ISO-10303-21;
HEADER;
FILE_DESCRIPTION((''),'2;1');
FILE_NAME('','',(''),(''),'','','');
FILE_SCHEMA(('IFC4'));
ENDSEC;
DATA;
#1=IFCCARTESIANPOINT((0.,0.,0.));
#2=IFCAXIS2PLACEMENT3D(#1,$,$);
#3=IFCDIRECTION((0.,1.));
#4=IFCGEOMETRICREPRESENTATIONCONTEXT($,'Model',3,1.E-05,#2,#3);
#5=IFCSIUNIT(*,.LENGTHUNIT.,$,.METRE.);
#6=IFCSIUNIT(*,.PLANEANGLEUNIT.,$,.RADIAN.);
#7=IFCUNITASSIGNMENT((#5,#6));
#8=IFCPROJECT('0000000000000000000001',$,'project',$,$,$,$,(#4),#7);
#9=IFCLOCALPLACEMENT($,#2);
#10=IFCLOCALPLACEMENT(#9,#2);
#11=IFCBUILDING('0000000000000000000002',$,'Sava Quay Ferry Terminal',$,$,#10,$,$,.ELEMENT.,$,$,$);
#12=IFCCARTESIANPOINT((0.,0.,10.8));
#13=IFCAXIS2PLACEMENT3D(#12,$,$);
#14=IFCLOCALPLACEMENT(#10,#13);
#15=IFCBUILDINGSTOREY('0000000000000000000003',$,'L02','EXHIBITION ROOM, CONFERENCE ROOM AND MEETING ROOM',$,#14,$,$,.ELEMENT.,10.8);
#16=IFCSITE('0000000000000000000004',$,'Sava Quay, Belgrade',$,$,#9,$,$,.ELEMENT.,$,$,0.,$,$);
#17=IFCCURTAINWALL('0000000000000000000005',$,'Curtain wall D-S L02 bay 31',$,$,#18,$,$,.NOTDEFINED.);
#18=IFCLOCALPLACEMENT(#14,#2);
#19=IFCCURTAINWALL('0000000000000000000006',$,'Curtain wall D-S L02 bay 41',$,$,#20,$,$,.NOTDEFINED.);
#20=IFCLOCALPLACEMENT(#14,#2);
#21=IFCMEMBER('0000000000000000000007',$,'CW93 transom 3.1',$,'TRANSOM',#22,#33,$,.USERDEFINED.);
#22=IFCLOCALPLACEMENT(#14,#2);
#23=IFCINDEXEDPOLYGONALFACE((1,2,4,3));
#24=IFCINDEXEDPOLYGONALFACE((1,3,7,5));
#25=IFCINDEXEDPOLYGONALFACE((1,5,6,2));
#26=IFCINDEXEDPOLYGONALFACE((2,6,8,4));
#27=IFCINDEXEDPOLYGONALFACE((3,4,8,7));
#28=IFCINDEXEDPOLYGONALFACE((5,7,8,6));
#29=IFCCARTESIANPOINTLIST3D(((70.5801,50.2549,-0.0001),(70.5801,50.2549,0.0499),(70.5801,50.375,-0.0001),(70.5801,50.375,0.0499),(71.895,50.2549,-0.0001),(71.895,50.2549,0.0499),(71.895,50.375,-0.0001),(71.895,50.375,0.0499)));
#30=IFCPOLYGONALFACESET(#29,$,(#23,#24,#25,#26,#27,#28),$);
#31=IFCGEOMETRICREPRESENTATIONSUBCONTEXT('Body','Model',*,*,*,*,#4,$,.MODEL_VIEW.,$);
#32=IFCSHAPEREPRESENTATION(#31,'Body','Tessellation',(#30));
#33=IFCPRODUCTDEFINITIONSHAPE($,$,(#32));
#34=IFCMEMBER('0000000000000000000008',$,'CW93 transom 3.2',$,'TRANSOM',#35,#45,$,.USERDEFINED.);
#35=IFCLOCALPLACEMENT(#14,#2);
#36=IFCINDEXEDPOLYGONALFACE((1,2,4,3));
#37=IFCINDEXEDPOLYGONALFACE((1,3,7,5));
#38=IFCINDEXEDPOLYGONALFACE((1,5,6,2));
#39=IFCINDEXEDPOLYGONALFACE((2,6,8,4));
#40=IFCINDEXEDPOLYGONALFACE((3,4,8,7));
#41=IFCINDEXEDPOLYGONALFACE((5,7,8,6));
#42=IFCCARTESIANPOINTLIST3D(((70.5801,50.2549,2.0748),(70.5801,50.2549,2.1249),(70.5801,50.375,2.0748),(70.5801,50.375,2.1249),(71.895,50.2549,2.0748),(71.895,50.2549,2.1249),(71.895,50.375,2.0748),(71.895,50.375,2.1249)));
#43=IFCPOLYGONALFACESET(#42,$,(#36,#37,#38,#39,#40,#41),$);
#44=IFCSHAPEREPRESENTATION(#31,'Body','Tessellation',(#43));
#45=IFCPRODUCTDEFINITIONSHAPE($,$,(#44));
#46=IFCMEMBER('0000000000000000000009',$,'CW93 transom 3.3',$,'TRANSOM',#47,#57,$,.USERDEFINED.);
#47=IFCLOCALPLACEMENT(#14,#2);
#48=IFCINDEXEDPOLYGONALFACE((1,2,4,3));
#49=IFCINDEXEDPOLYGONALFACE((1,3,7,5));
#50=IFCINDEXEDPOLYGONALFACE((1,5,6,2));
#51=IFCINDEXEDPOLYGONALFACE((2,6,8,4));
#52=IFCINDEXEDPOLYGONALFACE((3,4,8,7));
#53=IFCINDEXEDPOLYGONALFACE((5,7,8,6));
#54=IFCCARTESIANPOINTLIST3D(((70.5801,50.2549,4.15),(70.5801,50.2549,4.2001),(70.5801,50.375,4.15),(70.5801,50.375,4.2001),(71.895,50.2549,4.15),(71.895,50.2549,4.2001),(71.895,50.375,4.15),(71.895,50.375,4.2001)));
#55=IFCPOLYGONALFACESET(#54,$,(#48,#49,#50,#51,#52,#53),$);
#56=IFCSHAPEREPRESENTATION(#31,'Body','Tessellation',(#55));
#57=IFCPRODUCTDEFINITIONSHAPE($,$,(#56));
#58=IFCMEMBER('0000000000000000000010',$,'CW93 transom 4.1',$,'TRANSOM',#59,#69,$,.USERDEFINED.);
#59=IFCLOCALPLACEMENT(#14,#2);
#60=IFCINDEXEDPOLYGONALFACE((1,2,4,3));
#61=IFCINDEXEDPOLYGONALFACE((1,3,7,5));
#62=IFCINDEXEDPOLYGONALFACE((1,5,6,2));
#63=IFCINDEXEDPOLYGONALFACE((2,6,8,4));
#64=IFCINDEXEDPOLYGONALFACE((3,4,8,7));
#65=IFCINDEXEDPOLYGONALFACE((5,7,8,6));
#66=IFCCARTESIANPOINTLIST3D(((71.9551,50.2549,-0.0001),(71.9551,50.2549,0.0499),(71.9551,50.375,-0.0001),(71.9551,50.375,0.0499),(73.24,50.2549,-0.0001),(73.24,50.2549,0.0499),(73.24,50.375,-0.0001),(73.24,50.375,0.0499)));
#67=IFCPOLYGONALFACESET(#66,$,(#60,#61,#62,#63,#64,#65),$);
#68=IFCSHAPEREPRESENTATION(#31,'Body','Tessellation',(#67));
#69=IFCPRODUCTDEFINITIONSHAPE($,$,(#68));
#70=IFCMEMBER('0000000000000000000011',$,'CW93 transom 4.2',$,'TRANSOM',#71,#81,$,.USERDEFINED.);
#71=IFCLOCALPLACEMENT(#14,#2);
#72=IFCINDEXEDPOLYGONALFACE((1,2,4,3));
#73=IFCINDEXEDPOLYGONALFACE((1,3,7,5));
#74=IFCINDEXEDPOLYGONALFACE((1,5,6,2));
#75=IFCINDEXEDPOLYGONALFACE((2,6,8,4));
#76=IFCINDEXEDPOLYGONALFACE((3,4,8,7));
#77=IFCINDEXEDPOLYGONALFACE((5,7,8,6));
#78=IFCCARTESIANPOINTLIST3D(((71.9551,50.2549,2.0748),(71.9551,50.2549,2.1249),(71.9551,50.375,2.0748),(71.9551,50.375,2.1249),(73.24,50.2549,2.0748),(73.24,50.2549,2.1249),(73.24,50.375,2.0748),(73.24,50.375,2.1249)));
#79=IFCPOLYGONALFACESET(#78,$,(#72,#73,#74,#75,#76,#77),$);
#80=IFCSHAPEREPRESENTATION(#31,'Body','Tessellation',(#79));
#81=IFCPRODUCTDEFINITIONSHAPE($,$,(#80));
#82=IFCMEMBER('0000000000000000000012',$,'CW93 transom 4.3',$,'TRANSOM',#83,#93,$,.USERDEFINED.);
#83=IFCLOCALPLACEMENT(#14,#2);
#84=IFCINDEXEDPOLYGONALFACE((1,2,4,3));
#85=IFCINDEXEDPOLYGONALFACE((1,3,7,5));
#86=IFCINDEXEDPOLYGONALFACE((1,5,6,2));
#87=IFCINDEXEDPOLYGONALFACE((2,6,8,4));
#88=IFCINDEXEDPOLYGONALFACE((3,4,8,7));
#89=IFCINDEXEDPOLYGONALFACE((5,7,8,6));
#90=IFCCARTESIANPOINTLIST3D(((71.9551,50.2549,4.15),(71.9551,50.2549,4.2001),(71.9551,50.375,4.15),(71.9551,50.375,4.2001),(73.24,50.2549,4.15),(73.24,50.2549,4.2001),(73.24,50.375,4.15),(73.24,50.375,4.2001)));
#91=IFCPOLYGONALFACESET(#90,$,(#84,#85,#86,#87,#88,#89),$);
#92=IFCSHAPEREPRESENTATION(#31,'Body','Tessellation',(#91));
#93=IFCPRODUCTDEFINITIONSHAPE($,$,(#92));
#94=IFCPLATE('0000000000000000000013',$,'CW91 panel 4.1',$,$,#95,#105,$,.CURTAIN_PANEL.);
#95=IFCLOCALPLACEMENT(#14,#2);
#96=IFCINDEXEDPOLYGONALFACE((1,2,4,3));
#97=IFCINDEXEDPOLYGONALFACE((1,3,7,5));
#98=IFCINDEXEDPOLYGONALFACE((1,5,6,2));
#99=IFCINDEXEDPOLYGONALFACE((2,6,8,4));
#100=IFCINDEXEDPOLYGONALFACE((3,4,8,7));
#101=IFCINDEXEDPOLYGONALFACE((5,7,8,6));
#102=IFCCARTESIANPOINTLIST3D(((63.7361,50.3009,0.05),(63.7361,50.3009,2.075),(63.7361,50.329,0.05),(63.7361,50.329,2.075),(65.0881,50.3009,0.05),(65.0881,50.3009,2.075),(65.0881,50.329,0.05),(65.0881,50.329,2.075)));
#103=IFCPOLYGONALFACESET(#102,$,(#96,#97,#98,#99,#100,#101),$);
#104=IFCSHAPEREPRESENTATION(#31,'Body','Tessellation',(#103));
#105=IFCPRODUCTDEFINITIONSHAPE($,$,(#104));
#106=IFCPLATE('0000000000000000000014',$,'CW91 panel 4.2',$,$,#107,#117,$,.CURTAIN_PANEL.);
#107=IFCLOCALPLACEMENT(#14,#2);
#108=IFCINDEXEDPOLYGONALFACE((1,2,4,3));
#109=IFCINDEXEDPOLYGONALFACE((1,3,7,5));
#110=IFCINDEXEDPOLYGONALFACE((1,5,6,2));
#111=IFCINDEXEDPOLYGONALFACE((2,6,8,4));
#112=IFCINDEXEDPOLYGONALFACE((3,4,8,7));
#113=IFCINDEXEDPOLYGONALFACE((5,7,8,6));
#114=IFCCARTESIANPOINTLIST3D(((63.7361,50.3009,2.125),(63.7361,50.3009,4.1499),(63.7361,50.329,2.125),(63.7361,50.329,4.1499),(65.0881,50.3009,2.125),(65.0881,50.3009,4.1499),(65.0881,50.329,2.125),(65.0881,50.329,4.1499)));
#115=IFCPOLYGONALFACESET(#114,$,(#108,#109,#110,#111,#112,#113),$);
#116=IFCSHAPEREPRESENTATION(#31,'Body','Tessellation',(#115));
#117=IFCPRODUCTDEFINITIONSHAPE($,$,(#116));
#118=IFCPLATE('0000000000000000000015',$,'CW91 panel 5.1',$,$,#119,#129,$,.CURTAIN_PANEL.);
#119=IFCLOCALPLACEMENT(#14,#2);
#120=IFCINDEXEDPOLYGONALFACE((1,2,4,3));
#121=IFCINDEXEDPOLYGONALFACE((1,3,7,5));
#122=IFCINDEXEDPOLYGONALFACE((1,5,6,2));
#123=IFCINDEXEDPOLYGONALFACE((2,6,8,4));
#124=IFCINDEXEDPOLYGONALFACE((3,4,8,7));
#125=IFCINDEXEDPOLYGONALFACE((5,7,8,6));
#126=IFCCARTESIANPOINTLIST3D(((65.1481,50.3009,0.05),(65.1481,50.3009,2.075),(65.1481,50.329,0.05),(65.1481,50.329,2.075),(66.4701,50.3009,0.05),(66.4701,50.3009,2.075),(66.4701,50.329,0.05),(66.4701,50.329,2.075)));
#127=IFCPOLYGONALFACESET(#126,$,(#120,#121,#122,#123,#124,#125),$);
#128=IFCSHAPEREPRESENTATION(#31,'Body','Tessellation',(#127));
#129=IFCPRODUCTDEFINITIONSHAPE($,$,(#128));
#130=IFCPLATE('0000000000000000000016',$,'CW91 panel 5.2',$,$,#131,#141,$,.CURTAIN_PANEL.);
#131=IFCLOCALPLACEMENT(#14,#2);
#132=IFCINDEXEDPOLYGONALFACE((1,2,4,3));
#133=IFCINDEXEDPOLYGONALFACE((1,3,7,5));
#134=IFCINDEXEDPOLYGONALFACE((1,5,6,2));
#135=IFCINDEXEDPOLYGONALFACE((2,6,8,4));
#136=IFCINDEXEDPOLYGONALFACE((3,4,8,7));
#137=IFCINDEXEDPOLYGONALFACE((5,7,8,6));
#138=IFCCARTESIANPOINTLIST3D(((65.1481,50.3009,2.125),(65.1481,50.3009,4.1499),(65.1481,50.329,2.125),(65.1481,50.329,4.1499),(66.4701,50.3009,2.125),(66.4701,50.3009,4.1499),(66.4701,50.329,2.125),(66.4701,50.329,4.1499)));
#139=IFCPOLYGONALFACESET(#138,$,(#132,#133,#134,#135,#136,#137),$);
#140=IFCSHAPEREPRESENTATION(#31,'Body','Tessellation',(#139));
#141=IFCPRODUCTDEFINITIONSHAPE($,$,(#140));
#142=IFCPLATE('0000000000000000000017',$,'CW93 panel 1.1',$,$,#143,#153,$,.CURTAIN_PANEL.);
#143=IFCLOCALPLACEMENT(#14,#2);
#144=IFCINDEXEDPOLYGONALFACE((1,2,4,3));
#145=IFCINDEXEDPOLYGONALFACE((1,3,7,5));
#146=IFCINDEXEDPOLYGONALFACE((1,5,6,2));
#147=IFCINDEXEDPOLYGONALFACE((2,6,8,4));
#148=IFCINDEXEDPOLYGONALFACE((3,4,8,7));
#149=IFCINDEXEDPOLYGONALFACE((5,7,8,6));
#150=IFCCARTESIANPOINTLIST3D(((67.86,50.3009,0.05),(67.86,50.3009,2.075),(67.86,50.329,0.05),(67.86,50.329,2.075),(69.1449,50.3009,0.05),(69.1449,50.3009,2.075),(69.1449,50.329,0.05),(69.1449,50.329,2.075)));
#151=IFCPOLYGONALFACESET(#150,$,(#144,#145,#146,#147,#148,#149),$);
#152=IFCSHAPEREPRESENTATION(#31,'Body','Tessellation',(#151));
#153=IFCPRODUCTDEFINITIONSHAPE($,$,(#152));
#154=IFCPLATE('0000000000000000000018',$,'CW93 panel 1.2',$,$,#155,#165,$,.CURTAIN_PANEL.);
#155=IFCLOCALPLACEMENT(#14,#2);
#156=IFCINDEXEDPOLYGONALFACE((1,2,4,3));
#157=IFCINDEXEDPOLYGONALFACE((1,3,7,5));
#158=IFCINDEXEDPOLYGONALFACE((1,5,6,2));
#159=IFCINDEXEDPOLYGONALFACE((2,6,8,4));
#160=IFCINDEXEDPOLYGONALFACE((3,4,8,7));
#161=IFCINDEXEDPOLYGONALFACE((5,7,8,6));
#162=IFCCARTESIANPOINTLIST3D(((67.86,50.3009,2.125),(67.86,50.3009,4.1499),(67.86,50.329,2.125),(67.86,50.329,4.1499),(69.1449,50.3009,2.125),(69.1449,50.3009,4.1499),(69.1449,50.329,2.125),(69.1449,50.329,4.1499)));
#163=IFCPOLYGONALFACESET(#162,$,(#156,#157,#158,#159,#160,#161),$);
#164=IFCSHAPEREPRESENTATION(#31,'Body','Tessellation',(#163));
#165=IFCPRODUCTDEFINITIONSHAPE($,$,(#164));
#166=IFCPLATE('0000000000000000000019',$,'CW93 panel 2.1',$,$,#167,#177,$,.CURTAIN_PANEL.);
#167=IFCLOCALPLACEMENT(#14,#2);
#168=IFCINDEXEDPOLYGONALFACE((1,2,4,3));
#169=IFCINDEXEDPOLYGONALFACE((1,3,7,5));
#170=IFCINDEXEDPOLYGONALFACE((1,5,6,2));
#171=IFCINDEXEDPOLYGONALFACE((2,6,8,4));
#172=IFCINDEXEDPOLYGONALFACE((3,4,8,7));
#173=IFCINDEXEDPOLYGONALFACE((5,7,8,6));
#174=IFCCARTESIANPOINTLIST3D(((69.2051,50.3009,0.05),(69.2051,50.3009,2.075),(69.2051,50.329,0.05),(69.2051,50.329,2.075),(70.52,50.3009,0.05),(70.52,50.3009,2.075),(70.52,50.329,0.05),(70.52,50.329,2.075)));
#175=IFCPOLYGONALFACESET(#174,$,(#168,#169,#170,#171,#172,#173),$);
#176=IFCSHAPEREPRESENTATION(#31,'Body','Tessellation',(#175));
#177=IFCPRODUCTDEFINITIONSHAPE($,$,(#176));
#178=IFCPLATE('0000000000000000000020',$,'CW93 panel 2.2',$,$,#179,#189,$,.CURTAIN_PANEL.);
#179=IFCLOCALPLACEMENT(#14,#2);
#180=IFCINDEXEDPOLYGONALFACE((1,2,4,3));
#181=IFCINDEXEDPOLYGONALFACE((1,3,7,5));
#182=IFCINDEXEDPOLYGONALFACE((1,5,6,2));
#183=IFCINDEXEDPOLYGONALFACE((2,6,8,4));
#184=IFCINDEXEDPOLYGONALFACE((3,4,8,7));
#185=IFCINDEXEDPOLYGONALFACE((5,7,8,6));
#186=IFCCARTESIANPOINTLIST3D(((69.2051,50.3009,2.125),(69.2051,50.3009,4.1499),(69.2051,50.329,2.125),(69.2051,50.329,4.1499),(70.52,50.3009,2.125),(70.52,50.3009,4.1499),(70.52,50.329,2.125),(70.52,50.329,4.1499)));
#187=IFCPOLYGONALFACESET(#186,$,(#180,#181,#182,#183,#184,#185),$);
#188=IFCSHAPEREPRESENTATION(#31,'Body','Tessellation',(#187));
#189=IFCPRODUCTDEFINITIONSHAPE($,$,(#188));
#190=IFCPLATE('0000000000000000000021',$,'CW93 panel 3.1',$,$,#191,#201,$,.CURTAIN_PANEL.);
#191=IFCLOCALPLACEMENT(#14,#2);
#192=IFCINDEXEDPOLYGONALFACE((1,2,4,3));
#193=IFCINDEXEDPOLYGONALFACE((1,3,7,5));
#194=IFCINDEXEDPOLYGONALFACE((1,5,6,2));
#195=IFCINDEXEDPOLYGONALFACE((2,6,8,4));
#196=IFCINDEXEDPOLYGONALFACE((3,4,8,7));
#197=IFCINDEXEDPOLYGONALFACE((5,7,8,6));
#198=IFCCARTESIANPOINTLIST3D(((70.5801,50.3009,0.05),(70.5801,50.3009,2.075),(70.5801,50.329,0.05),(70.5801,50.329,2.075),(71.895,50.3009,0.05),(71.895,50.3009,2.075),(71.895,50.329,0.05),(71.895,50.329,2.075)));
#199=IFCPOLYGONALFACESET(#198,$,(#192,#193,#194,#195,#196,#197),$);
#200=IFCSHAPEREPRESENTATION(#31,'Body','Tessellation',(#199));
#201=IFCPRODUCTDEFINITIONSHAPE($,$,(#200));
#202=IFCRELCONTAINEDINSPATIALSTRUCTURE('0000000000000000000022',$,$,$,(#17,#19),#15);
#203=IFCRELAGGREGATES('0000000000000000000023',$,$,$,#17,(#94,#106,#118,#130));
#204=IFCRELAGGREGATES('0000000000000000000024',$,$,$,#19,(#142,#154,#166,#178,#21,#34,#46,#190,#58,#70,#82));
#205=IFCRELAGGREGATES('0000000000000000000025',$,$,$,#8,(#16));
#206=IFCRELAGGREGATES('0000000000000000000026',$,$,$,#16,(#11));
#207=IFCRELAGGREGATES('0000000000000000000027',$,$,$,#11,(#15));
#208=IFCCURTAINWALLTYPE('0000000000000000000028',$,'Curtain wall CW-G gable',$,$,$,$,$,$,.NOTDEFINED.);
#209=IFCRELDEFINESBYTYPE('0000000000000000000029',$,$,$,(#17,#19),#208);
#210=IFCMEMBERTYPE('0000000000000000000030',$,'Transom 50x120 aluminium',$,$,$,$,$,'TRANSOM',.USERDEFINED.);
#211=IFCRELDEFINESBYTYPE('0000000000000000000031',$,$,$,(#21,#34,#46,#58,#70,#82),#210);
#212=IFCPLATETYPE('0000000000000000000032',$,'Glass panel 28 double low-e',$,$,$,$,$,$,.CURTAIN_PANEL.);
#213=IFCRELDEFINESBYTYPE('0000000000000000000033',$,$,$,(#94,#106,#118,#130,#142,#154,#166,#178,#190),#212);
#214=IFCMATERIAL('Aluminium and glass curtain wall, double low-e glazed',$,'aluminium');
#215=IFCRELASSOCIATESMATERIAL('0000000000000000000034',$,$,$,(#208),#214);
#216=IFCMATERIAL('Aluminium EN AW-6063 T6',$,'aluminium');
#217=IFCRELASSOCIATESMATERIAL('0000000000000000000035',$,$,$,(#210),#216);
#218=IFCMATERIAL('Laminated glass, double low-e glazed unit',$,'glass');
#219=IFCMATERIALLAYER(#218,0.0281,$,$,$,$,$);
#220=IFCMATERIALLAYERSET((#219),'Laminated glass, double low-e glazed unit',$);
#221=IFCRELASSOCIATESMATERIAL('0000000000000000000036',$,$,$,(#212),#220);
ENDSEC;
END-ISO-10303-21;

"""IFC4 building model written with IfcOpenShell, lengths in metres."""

from ifc_helpers import new_model, si_unit, direction, frame, origin, origin_2d, place, context, subcontext, project, spatial, rectangle, extrude, material, layer, layer_set, material_profile, profile_set, type_object, element, aggregate, save


model = new_model("IFC4")

# Units and contexts
model_context = context("Model", 3, precision=1e-05, world=origin(), true_north=direction((0.0, 1.0)))
body_context = subcontext(model_context, "Body", "Model", "MODEL_VIEW")
ifc_project = project(units=[si_unit("LENGTHUNIT", "METRE"), si_unit("PLANEANGLEUNIT", "RADIAN")], contexts=[model_context])

# Site, building, storey
site_placement = place(None, origin())
site = spatial("IfcSite", under=ifc_project, at=site_placement, Name="Sava Quay, Belgrade", CompositionType="ELEMENT", RefElevation=0.0)
building_placement = place(site_placement, origin())
building = spatial("IfcBuilding", under=site, at=building_placement, Name="Sava Quay Ferry Terminal", CompositionType="ELEMENT")
storey_placement = place(building_placement, frame((0.0, 0.0, 10.8)))
storey = spatial("IfcBuildingStorey", under=building, at=storey_placement, Name="L02", Description="EXHIBITION ROOM, CONFERENCE ROOM AND MEETING ROOM", CompositionType="ELEMENT", Elevation=10.8)

# Curtain walls
ifc_material_1 = material(Name="Aluminium and glass curtain wall, double low-e glazed", Category="aluminium")
curtain_wall_type = type_object("IfcCurtainWallType", Name="Curtain wall CW-G gable", PredefinedType="NOTDEFINED", material=ifc_material_1)
curtain_wall_1_placement = place(storey_placement, origin())
curtain_wall_1 = element("IfcCurtainWall", 1, at=curtain_wall_1_placement, inside=storey, type_object=curtain_wall_type, Name="Curtain wall D-S L02 bay 31", PredefinedType="NOTDEFINED")
curtain_wall_2_placement = place(storey_placement, origin())
curtain_wall_2 = element("IfcCurtainWall", 2, at=curtain_wall_2_placement, inside=storey, type_object=curtain_wall_type, Name="Curtain wall D-S L02 bay 41", PredefinedType="NOTDEFINED")

# Members
ifc_material_2 = material(Name="Aluminium EN AW-6063 T6", Category="aluminium")
ifc_material_profile_1 = material_profile(ifc_material_2, rectangle(XDim=0.1201, YDim=0.05, at=origin_2d()), Name="Transom 50x120 aluminium")
ifc_profile_set_1 = profile_set([ifc_material_profile_1], Name="Aluminium EN AW-6063 T6")
member_type_1 = type_object("IfcMemberType", Name="Transom 50x120 aluminium", ElementType="TRANSOM", PredefinedType="USERDEFINED", material=ifc_profile_set_1)
member_1_placement = place(storey_placement, frame((70.5801, 50.3149, 0.0249), z_axis=(1.0, 0.0, 0.0), x_axis=(0.0, 1.0, 0.0)))
member_1 = element("IfcMember", 3, at=member_1_placement, type_object=member_type_1, Name="CW93 transom 3.1", ObjectType="TRANSOM", PredefinedType="USERDEFINED", context=body_context, shape_type="SweptSolid", body=[
    extrude(rectangle(XDim=0.1201, YDim=0.05, at=origin_2d()), origin(), (0.0, 0.0, 1.0), 1.3149),
])
member_2_placement = place(storey_placement, frame((70.5801, 50.3149, 2.0999), z_axis=(1.0, 0.0, 0.0), x_axis=(0.0, 1.0, 0.0)))
member_2 = element("IfcMember", 4, at=member_2_placement, type_object=member_type_1, Name="CW93 transom 3.2", ObjectType="TRANSOM", PredefinedType="USERDEFINED", context=body_context, shape_type="SweptSolid", body=[
    extrude(rectangle(XDim=0.1201, YDim=0.05, at=origin_2d()), origin(), (0.0, 0.0, 1.0), 1.3149),
])
member_3_placement = place(storey_placement, frame((70.5801, 50.3149, 4.175), z_axis=(1.0, 0.0, 0.0), x_axis=(0.0, 1.0, 0.0)))
member_3 = element("IfcMember", 5, at=member_3_placement, type_object=member_type_1, Name="CW93 transom 3.3", ObjectType="TRANSOM", PredefinedType="USERDEFINED", context=body_context, shape_type="SweptSolid", body=[
    extrude(rectangle(XDim=0.1201, YDim=0.05, at=origin_2d()), origin(), (0.0, 0.0, 1.0), 1.3149),
])
member_4_placement = place(storey_placement, frame((71.9551, 50.3149, 0.0249), z_axis=(1.0, 0.0, 0.0), x_axis=(0.0, 1.0, 0.0)))
member_4 = element("IfcMember", 6, at=member_4_placement, type_object=member_type_1, Name="CW93 transom 4.1", ObjectType="TRANSOM", PredefinedType="USERDEFINED", context=body_context, shape_type="SweptSolid", body=[
    extrude(rectangle(XDim=0.1201, YDim=0.05, at=origin_2d()), origin(), (0.0, 0.0, 1.0), 1.2849),
])
member_5_placement = place(storey_placement, frame((71.9551, 50.3149, 2.0999), z_axis=(1.0, 0.0, 0.0), x_axis=(0.0, 1.0, 0.0)))
member_5 = element("IfcMember", 7, at=member_5_placement, type_object=member_type_1, Name="CW93 transom 4.2", ObjectType="TRANSOM", PredefinedType="USERDEFINED", context=body_context, shape_type="SweptSolid", body=[
    extrude(rectangle(XDim=0.1201, YDim=0.05, at=origin_2d()), origin(), (0.0, 0.0, 1.0), 1.2849),
])
member_6_placement = place(storey_placement, frame((71.9551, 50.3149, 4.175), z_axis=(1.0, 0.0, 0.0), x_axis=(0.0, 1.0, 0.0)))
member_6 = element("IfcMember", 8, at=member_6_placement, type_object=member_type_1, Name="CW93 transom 4.3", ObjectType="TRANSOM", PredefinedType="USERDEFINED", context=body_context, shape_type="SweptSolid", body=[
    extrude(rectangle(XDim=0.1201, YDim=0.05, at=origin_2d()), origin(), (0.0, 0.0, 1.0), 1.2849),
])

# Plates
ifc_material_3 = material(Name="Laminated glass, double low-e glazed unit", Category="glass")
ifc_layer = layer(ifc_material_3, 0.0281)
ifc_layer_set = layer_set([ifc_layer], Name="Laminated glass, double low-e glazed unit")
plate_type = type_object("IfcPlateType", Name="Glass panel 28 double low-e", PredefinedType="CURTAIN_PANEL", material=ifc_layer_set)
plate_1_placement = place(storey_placement, frame((64.4121, 50.3149, 0.05), z_axis=(0.0, 0.0, 1.0), x_axis=(1.0, 0.0, 0.0)))
plate_1 = element("IfcPlate", 9, at=plate_1_placement, type_object=plate_type, Name="CW91 panel 4.1", PredefinedType="CURTAIN_PANEL", context=body_context, shape_type="SweptSolid", body=[
    extrude(rectangle(XDim=1.3521, YDim=0.0281, at=origin_2d()), origin(), (0.0, 0.0, 1.0), 2.0249),
])
plate_2_placement = place(storey_placement, frame((64.4121, 50.3149, 2.125), z_axis=(0.0, 0.0, 1.0), x_axis=(1.0, 0.0, 0.0)))
plate_2 = element("IfcPlate", 10, at=plate_2_placement, type_object=plate_type, Name="CW91 panel 4.2", PredefinedType="CURTAIN_PANEL", context=body_context, shape_type="SweptSolid", body=[
    extrude(rectangle(XDim=1.3521, YDim=0.0281, at=origin_2d()), origin(), (0.0, 0.0, 1.0), 2.0249),
])
plate_3_placement = place(storey_placement, frame((65.8091, 50.3149, 0.05), z_axis=(0.0, 0.0, 1.0), x_axis=(1.0, 0.0, 0.0)))
plate_3 = element("IfcPlate", 11, at=plate_3_placement, type_object=plate_type, Name="CW91 panel 5.1", PredefinedType="CURTAIN_PANEL", context=body_context, shape_type="SweptSolid", body=[
    extrude(rectangle(XDim=1.322, YDim=0.0281, at=origin_2d()), origin(), (0.0, 0.0, 1.0), 2.0249),
])
plate_4_placement = place(storey_placement, frame((65.8091, 50.3149, 2.125), z_axis=(0.0, 0.0, 1.0), x_axis=(1.0, 0.0, 0.0)))
plate_4 = element("IfcPlate", 12, at=plate_4_placement, type_object=plate_type, Name="CW91 panel 5.2", PredefinedType="CURTAIN_PANEL", context=body_context, shape_type="SweptSolid", body=[
    extrude(rectangle(XDim=1.322, YDim=0.0281, at=origin_2d()), origin(), (0.0, 0.0, 1.0), 2.0249),
])
aggregate(curtain_wall_1, [plate_1, plate_2, plate_3, plate_4])
plate_5_placement = place(storey_placement, frame((68.5024, 50.3149, 0.05), z_axis=(0.0, 0.0, 1.0), x_axis=(1.0, 0.0, 0.0)))
plate_5 = element("IfcPlate", 13, at=plate_5_placement, type_object=plate_type, Name="CW93 panel 1.1", PredefinedType="CURTAIN_PANEL", context=body_context, shape_type="SweptSolid", body=[
    extrude(rectangle(XDim=1.2849, YDim=0.0281, at=origin_2d()), origin(), (0.0, 0.0, 1.0), 2.0249),
])
plate_6_placement = place(storey_placement, frame((68.5024, 50.3149, 2.125), z_axis=(0.0, 0.0, 1.0), x_axis=(1.0, 0.0, 0.0)))
plate_6 = element("IfcPlate", 14, at=plate_6_placement, type_object=plate_type, Name="CW93 panel 1.2", PredefinedType="CURTAIN_PANEL", context=body_context, shape_type="SweptSolid", body=[
    extrude(rectangle(XDim=1.2849, YDim=0.0281, at=origin_2d()), origin(), (0.0, 0.0, 1.0), 2.0249),
])
plate_7_placement = place(storey_placement, frame((69.8625, 50.3149, 0.05), z_axis=(0.0, 0.0, 1.0), x_axis=(1.0, 0.0, 0.0)))
plate_7 = element("IfcPlate", 15, at=plate_7_placement, type_object=plate_type, Name="CW93 panel 2.1", PredefinedType="CURTAIN_PANEL", context=body_context, shape_type="SweptSolid", body=[
    extrude(rectangle(XDim=1.3149, YDim=0.0281, at=origin_2d()), origin(), (0.0, 0.0, 1.0), 2.0249),
])
plate_8_placement = place(storey_placement, frame((69.8625, 50.3149, 2.125), z_axis=(0.0, 0.0, 1.0), x_axis=(1.0, 0.0, 0.0)))
plate_8 = element("IfcPlate", 16, at=plate_8_placement, type_object=plate_type, Name="CW93 panel 2.2", PredefinedType="CURTAIN_PANEL", context=body_context, shape_type="SweptSolid", body=[
    extrude(rectangle(XDim=1.3149, YDim=0.0281, at=origin_2d()), origin(), (0.0, 0.0, 1.0), 2.0249),
])
plate_9_placement = place(storey_placement, frame((71.2375, 50.3149, 0.05), z_axis=(0.0, 0.0, 1.0), x_axis=(1.0, 0.0, 0.0)))
plate_9 = element("IfcPlate", 17, at=plate_9_placement, type_object=plate_type, Name="CW93 panel 3.1", PredefinedType="CURTAIN_PANEL", context=body_context, shape_type="SweptSolid", body=[
    extrude(rectangle(XDim=1.3149, YDim=0.0281, at=origin_2d()), origin(), (0.0, 0.0, 1.0), 2.0249),
])
aggregate(curtain_wall_2, [plate_5, plate_6, plate_7, plate_8, member_1, member_2, member_3, plate_9, member_4, member_5, member_6])

save(model, "model.ifc")
